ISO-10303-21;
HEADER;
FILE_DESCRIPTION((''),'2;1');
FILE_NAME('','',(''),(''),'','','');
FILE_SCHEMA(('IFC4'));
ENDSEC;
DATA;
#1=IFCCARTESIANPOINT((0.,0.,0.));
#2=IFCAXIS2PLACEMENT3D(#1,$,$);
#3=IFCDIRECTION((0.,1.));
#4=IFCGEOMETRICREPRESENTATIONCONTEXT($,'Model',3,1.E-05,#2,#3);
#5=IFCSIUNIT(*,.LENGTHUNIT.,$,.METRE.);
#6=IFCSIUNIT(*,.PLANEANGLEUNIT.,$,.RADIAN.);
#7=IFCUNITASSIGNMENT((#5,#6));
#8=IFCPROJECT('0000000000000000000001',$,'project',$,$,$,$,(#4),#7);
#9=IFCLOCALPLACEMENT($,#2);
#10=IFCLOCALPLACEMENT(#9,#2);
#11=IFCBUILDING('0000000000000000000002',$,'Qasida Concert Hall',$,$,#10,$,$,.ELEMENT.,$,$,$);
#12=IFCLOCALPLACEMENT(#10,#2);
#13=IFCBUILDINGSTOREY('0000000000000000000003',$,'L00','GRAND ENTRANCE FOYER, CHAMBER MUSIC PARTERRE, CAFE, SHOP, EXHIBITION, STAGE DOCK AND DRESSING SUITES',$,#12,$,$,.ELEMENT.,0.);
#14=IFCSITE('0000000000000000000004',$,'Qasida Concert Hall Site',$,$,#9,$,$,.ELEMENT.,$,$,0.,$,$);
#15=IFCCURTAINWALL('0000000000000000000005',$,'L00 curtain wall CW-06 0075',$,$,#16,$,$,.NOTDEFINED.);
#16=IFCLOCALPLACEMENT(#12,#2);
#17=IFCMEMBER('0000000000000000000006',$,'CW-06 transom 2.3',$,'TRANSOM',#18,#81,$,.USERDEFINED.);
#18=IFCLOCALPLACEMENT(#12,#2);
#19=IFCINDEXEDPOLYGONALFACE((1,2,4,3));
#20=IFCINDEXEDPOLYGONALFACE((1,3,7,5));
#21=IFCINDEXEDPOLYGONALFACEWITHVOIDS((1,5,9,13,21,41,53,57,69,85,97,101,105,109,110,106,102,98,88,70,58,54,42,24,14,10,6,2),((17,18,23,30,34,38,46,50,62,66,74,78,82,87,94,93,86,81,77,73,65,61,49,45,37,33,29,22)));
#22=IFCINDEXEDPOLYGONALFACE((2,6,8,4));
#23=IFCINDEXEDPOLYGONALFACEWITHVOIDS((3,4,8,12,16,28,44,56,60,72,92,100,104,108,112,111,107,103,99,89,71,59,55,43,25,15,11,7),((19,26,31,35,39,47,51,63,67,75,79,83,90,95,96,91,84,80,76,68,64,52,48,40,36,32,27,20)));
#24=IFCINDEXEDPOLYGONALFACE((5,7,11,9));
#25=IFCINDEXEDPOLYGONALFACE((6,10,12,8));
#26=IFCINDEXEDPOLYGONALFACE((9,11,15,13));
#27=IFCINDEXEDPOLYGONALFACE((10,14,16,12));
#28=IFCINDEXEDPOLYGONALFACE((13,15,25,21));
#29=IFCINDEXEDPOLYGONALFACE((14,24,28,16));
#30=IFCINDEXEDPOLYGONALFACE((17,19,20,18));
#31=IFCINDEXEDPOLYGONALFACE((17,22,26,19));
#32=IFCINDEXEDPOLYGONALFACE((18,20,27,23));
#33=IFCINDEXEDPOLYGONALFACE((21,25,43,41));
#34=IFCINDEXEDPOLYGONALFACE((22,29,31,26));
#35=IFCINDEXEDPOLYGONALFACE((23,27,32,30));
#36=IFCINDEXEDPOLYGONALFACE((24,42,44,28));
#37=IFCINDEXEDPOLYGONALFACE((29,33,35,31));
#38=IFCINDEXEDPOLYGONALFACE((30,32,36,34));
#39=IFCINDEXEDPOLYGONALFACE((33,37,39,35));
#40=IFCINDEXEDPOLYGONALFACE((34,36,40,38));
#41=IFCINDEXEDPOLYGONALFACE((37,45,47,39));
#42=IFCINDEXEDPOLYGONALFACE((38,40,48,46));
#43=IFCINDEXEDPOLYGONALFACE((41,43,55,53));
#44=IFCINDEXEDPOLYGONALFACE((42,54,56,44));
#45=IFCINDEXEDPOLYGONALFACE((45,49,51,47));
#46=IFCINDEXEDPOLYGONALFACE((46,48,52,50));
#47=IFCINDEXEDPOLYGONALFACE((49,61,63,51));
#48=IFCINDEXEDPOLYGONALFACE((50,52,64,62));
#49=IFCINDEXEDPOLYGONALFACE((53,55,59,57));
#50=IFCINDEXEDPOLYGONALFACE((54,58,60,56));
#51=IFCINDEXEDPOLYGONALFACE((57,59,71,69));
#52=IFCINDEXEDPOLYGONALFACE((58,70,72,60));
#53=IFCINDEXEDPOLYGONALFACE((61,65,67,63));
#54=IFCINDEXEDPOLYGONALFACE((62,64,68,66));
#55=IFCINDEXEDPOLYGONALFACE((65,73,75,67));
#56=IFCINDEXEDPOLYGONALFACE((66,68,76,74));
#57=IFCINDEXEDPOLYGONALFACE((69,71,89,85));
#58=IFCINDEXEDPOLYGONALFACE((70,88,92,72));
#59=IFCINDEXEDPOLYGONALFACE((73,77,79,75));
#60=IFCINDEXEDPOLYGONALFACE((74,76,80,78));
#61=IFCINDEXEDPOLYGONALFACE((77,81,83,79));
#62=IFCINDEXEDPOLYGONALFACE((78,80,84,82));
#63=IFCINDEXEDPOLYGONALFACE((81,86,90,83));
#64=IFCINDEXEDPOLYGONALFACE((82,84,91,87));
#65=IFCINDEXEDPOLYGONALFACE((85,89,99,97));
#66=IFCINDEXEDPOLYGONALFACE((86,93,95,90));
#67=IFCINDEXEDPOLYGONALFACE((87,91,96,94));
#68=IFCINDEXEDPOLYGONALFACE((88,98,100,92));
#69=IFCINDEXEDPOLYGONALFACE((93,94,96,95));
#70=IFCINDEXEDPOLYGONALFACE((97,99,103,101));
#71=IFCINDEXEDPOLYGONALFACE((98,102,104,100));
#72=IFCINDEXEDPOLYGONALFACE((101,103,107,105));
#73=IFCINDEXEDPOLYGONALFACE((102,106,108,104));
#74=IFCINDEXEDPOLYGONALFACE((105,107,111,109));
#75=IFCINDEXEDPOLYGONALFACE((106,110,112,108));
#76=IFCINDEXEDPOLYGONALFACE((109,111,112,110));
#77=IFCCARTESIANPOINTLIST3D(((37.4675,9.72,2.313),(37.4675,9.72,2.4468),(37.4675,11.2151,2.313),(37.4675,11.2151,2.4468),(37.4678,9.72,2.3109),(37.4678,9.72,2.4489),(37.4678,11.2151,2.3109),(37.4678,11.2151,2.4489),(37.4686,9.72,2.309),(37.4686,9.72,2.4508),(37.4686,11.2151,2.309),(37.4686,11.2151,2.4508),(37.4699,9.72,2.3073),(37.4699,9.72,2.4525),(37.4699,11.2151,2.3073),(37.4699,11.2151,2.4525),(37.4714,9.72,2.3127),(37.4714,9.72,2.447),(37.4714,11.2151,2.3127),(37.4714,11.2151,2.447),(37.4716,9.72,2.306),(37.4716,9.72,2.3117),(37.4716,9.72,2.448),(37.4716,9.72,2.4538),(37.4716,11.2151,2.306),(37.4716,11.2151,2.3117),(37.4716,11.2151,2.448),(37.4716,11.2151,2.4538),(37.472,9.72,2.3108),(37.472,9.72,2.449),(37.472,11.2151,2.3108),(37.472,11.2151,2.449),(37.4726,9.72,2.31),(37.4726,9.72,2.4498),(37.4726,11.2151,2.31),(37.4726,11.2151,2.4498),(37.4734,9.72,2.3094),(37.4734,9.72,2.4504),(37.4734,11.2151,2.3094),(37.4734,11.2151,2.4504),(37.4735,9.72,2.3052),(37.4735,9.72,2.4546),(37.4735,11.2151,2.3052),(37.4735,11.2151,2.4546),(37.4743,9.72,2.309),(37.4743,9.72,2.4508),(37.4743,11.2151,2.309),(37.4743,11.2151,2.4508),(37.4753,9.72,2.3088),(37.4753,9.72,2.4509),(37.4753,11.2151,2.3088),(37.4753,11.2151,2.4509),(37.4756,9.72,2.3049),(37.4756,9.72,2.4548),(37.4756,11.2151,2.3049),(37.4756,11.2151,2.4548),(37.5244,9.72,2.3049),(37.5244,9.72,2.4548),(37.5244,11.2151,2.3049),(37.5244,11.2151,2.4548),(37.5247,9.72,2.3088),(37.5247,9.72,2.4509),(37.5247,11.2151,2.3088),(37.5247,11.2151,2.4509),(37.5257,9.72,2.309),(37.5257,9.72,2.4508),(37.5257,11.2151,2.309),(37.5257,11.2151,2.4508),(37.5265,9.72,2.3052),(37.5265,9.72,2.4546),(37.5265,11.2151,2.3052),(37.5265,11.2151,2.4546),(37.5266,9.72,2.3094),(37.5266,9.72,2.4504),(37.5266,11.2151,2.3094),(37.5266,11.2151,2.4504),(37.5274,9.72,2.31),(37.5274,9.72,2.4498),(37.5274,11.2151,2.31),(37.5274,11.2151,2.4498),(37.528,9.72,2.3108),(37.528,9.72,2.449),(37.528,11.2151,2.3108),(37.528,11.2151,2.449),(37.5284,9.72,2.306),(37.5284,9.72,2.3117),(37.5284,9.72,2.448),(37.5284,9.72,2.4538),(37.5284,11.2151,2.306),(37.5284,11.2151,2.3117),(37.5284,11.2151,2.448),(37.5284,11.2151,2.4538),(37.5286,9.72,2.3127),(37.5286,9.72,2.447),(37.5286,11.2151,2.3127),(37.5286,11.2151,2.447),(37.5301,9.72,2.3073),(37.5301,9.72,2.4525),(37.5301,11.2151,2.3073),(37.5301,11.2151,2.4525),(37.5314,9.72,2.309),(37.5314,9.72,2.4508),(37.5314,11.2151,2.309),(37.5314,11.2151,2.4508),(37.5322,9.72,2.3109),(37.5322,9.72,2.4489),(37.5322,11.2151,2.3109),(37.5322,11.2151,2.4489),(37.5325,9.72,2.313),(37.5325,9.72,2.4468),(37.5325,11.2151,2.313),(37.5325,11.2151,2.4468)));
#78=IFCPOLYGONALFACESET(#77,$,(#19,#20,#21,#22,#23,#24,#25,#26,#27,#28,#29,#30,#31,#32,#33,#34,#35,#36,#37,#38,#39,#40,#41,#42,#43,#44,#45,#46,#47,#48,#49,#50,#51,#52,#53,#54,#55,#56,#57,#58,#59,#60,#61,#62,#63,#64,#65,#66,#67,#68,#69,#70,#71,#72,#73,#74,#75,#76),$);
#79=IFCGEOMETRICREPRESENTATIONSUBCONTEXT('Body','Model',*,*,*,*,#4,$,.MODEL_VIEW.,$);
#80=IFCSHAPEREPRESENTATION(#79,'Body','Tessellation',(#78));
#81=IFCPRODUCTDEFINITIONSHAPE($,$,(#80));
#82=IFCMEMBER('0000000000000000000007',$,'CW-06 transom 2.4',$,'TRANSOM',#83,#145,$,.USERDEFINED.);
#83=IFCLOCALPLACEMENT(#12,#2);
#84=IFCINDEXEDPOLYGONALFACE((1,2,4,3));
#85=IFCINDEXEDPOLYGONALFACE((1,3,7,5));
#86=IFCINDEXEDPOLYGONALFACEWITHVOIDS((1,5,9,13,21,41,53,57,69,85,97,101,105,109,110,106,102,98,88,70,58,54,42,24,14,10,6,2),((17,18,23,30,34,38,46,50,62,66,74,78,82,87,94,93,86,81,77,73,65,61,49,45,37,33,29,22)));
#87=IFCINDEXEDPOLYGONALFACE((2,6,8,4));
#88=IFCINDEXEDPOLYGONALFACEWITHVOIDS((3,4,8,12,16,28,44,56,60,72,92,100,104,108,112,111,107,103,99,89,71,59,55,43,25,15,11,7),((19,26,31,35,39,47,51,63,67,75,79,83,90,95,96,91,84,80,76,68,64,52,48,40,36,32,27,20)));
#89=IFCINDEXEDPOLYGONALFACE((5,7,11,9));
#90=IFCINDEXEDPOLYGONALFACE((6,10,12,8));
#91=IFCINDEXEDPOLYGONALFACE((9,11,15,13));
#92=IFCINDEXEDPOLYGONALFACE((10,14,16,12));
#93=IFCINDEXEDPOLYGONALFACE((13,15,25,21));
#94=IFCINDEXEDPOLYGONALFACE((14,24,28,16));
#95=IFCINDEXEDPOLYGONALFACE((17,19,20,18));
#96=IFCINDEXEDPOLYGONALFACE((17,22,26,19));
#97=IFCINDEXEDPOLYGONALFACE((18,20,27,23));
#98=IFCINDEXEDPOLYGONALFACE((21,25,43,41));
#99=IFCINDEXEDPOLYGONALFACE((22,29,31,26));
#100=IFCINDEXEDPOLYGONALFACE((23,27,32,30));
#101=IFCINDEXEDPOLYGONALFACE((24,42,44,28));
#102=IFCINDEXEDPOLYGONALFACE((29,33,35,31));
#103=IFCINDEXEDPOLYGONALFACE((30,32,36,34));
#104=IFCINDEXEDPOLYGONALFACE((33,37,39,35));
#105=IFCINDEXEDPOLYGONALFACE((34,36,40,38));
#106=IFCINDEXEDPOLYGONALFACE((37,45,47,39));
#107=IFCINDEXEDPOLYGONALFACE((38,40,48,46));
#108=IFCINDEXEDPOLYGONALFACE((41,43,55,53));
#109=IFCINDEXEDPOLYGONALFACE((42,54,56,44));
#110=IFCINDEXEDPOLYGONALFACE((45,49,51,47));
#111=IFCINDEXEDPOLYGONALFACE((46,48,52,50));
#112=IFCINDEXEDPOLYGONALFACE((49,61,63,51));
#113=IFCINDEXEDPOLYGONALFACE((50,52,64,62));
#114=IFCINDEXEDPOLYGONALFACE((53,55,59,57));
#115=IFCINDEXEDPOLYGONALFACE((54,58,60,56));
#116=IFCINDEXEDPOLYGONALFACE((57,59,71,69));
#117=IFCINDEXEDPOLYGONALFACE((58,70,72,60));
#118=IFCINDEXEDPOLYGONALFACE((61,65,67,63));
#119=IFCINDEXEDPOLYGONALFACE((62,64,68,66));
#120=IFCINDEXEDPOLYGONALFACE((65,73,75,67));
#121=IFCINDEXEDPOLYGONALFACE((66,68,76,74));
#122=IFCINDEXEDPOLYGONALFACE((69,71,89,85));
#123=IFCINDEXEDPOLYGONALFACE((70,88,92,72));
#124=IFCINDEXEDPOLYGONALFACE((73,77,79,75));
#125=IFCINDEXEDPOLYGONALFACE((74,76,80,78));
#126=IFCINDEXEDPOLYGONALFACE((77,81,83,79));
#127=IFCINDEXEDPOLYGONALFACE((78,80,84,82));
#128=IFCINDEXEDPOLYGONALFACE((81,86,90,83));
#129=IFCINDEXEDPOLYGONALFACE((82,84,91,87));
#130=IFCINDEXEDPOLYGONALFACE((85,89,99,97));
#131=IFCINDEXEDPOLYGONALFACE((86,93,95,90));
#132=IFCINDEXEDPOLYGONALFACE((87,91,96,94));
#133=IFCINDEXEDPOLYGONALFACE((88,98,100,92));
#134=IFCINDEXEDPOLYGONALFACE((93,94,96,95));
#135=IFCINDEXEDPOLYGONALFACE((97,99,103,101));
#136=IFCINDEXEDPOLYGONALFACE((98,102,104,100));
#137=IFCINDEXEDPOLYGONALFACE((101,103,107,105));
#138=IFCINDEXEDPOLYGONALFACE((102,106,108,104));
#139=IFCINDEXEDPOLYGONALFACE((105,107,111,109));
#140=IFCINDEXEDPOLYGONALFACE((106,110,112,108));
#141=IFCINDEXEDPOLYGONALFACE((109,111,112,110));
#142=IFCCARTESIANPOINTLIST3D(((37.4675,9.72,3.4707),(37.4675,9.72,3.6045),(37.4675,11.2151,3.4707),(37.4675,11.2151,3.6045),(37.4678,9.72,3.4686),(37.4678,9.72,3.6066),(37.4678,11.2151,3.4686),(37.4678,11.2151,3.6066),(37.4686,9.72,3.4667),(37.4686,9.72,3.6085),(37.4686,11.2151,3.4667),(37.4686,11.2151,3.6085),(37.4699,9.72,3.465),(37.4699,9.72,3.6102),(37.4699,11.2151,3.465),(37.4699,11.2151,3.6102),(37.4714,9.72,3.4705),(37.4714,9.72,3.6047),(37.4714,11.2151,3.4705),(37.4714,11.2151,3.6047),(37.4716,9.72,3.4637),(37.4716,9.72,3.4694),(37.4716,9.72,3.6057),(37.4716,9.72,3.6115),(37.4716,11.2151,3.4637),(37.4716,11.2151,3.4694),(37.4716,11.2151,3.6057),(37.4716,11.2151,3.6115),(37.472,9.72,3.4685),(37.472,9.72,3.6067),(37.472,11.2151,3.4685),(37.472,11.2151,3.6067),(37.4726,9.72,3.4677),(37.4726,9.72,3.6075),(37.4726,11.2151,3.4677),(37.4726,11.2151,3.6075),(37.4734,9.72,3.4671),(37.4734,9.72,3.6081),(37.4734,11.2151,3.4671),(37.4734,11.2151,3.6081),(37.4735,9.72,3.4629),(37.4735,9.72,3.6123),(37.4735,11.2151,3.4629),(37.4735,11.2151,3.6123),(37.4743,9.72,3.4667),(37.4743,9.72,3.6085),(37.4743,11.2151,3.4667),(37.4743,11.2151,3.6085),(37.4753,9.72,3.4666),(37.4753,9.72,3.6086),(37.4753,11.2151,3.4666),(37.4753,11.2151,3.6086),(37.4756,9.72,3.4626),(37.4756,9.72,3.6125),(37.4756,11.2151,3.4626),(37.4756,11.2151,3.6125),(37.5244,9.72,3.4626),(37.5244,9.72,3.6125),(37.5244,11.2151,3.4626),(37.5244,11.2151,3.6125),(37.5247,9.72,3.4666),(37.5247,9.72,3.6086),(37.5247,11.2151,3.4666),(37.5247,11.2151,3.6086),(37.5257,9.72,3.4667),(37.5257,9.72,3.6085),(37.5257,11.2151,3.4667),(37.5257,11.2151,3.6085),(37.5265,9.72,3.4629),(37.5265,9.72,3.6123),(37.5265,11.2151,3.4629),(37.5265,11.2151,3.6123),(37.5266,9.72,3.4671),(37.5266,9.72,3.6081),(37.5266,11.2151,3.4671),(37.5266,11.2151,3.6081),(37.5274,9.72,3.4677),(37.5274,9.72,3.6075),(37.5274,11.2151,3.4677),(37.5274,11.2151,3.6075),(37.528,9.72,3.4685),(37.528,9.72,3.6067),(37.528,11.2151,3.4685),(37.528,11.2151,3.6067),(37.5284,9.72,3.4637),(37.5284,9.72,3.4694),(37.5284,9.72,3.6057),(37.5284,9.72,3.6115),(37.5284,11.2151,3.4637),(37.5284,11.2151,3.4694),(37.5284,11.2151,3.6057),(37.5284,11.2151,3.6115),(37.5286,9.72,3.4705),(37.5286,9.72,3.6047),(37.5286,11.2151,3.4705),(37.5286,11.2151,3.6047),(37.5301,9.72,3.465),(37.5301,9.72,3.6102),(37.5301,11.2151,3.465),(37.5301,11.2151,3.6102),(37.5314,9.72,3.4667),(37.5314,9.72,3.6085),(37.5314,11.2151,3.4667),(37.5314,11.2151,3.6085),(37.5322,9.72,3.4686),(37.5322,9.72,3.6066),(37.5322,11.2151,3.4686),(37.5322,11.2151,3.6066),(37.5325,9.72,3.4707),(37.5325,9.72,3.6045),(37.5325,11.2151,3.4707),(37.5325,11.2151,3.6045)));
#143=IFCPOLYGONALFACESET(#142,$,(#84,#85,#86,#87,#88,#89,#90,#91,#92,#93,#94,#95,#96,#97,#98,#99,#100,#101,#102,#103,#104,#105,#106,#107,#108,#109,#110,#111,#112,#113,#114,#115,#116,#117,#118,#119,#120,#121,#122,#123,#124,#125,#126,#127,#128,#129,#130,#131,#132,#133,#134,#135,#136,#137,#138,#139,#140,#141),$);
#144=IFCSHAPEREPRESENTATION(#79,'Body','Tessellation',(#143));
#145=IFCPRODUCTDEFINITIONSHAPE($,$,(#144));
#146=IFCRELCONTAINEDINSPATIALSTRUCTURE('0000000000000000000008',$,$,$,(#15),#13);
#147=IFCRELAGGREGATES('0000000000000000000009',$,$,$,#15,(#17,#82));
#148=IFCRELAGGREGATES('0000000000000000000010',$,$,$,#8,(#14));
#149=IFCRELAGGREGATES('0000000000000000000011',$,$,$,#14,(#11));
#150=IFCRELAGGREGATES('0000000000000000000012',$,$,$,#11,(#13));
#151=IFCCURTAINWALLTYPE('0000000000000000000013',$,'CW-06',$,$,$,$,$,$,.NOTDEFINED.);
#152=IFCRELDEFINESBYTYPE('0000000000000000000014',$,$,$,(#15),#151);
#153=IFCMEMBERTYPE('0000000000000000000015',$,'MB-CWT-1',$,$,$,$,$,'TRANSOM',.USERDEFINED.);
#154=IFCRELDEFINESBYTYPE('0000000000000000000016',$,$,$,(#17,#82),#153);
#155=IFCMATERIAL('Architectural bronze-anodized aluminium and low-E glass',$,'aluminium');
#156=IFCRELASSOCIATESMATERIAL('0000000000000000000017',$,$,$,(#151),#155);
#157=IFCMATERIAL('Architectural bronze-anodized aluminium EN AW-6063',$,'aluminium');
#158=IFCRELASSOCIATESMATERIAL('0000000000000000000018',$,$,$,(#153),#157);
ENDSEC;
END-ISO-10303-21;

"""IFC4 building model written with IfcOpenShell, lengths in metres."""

from ifc_helpers import new_model, si_unit, direction, frame, origin, origin_2d, place, context, subcontext, project, spatial, hollow_rectangle, extrude, material, material_profile, profile_set, type_object, element, aggregate, save


model = new_model("IFC4")

# Units and contexts
model_context = context("Model", 3, precision=1e-05, world=origin(), true_north=direction((0.0, 1.0)))
body_context = subcontext(model_context, "Body", "Model", "MODEL_VIEW")
ifc_project = project(units=[si_unit("LENGTHUNIT", "METRE"), si_unit("PLANEANGLEUNIT", "RADIAN")], contexts=[model_context])

# Site, building, storey
site_placement = place(None, origin())
site = spatial("IfcSite", under=ifc_project, at=site_placement, Name="Qasida Concert Hall Site", CompositionType="ELEMENT", RefElevation=0.0)
building_placement = place(site_placement, origin())
building = spatial("IfcBuilding", under=site, at=building_placement, Name="Qasida Concert Hall", CompositionType="ELEMENT")
storey_placement = place(building_placement, origin())
storey = spatial("IfcBuildingStorey", under=building, at=storey_placement, Name="L00", Description="GRAND ENTRANCE FOYER, CHAMBER MUSIC PARTERRE, CAFE, SHOP, EXHIBITION, STAGE DOCK AND DRESSING SUITES", CompositionType="ELEMENT", Elevation=0.0)

# Curtain wall, members
ifc_material_1 = material(Name="Architectural bronze-anodized aluminium and low-E glass", Category="aluminium")
curtain_wall_type = type_object("IfcCurtainWallType", Name="CW-06", PredefinedType="NOTDEFINED", material=ifc_material_1)
curtain_wall_placement = place(storey_placement, origin())
curtain_wall = element("IfcCurtainWall", 1, at=curtain_wall_placement, inside=storey, type_object=curtain_wall_type, Name="L00 curtain wall CW-06 0075", PredefinedType="NOTDEFINED")
ifc_material_2 = material(Name="Architectural bronze-anodized aluminium EN AW-6063", Category="aluminium")
ifc_material_profile_1 = material_profile(ifc_material_2, hollow_rectangle(XDim=0.0649, YDim=0.1499, WallThickness=0.0039, InnerFilletRadius=0.0039, OuterFilletRadius=0.0081, at=origin_2d()), Name="CWT 150x65x4")
ifc_profile_set_1 = profile_set([ifc_material_profile_1], Name="Architectural bronze-anodized aluminium EN AW-6063")
member_type_1 = type_object("IfcMemberType", Name="MB-CWT-1", ElementType="TRANSOM", PredefinedType="USERDEFINED", material=ifc_profile_set_1)
member_1_placement = place(storey_placement, frame((37.5, 9.72, 2.3799), z_axis=(0.0, 1.0, 0.0), x_axis=(-1.0, 0.0, 0.0)))
member_1 = element("IfcMember", 2, at=member_1_placement, type_object=member_type_1, Name="CW-06 transom 2.3", ObjectType="TRANSOM", PredefinedType="USERDEFINED", context=body_context, shape_type="SweptSolid", body=[
    extrude(hollow_rectangle(XDim=0.0649, YDim=0.1499, WallThickness=0.0039, InnerFilletRadius=0.0039, OuterFilletRadius=0.0081, at=origin_2d()), origin(), (0.0, 0.0, 1.0), 1.4951),
])
member_2_placement = place(storey_placement, frame((37.5, 9.72, 3.5376), z_axis=(0.0, 1.0, 0.0), x_axis=(-1.0, 0.0, 0.0)))
member_2 = element("IfcMember", 3, at=member_2_placement, type_object=member_type_1, Name="CW-06 transom 2.4", ObjectType="TRANSOM", PredefinedType="USERDEFINED", context=body_context, shape_type="SweptSolid", body=[
    extrude(hollow_rectangle(XDim=0.0649, YDim=0.1499, WallThickness=0.0039, InnerFilletRadius=0.0039, OuterFilletRadius=0.0081, at=origin_2d()), origin(), (0.0, 0.0, 1.0), 1.4951),
])
aggregate(curtain_wall, [member_1, member_2])

save(model, "model.ifc")
